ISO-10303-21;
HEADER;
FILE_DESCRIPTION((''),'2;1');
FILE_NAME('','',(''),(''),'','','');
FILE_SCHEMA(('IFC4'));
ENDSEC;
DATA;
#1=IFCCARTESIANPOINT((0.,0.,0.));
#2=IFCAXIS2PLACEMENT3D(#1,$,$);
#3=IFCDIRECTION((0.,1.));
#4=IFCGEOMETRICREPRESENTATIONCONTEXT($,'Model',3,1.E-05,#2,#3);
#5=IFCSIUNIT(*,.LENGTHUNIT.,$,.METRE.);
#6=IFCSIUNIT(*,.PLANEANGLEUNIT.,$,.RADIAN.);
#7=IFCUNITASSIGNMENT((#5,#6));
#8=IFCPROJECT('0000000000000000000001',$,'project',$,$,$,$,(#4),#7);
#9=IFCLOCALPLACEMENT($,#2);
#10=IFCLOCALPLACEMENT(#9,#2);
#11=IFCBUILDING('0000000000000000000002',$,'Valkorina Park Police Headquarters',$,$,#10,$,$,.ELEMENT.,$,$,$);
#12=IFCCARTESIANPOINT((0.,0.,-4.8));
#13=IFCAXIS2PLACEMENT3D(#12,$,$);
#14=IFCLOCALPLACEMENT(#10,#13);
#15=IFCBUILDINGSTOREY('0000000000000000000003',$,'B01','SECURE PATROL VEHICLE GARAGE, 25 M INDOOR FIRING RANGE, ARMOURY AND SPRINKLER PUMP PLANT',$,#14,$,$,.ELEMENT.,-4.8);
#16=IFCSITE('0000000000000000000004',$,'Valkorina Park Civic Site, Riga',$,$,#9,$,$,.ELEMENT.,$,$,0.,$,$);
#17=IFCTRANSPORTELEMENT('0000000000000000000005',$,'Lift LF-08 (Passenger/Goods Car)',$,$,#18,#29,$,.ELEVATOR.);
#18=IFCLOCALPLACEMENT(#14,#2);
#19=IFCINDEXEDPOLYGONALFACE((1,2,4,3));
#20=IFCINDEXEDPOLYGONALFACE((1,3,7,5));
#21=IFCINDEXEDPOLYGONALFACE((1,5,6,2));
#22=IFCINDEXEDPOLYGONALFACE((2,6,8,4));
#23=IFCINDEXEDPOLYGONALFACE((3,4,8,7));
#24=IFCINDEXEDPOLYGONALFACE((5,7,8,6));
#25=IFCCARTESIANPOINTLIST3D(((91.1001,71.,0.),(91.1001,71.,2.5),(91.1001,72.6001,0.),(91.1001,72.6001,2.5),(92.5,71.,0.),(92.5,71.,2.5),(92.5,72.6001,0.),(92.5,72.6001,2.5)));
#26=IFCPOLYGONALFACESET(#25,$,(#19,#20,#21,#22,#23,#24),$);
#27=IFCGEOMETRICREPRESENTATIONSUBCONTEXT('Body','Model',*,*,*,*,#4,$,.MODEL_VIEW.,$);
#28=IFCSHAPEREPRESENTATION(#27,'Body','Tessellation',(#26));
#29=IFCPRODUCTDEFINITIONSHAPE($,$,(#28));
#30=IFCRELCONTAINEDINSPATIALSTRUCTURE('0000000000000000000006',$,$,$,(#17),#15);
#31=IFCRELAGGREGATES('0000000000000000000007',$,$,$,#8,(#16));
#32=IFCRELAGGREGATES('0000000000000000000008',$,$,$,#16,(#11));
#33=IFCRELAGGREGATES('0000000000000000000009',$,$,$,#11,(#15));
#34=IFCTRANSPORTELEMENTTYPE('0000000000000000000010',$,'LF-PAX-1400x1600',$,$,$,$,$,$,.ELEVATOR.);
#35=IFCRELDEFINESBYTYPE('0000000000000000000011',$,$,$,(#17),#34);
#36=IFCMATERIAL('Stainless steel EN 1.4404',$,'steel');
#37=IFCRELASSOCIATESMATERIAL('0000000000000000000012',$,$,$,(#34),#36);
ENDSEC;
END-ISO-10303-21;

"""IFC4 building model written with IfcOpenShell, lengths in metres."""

from ifc_helpers import new_model, si_unit, direction, frame, origin, origin_2d, place, context, subcontext, project, spatial, rectangle, extrude, material, type_object, element, save


model = new_model("IFC4")

# Units and contexts
model_context = context("Model", 3, precision=1e-05, world=origin(), true_north=direction((0.0, 1.0)))
body_context = subcontext(model_context, "Body", "Model", "MODEL_VIEW")
ifc_project = project(units=[si_unit("LENGTHUNIT", "METRE"), si_unit("PLANEANGLEUNIT", "RADIAN")], contexts=[model_context])

# Site, building, storey
site_placement = place(None, origin())
site = spatial("IfcSite", under=ifc_project, at=site_placement, Name="Valkorina Park Civic Site, Riga", CompositionType="ELEMENT", RefElevation=0.0)
building_placement = place(site_placement, origin())
building = spatial("IfcBuilding", under=site, at=building_placement, Name="Valkorina Park Police Headquarters", CompositionType="ELEMENT")
storey_placement = place(building_placement, frame((0.0, 0.0, -4.8)))
storey = spatial("IfcBuildingStorey", under=building, at=storey_placement, Name="B01", Description="SECURE PATROL VEHICLE GARAGE, 25 M INDOOR FIRING RANGE, ARMOURY AND SPRINKLER PUMP PLANT", CompositionType="ELEMENT", Elevation=-4.8)

# Shared definitions
ifc_material_1 = material(Name="Stainless steel EN 1.4404", Category="steel")

# Transport element
transport_element_type = type_object("IfcTransportElementType", Name="LF-PAX-1400x1600", PredefinedType="ELEVATOR", material=ifc_material_1)
transport_element_placement = place(storey_placement, frame((91.8, 71.8, 0.0), z_axis=(0.0, 0.0, 1.0), x_axis=(1.0, 0.0, 0.0)))
element("IfcTransportElement", 1, at=transport_element_placement, inside=storey, type_object=transport_element_type, Name="Lift LF-08 (Passenger/Goods Car)", PredefinedType="ELEVATOR", context=body_context, shape_type="SweptSolid", body=[
    extrude(rectangle(XDim=1.3999, YDim=1.6001, at=origin_2d()), origin(), (0.0, 0.0, 1.0), 2.5),
])

save(model, "model.ifc")
